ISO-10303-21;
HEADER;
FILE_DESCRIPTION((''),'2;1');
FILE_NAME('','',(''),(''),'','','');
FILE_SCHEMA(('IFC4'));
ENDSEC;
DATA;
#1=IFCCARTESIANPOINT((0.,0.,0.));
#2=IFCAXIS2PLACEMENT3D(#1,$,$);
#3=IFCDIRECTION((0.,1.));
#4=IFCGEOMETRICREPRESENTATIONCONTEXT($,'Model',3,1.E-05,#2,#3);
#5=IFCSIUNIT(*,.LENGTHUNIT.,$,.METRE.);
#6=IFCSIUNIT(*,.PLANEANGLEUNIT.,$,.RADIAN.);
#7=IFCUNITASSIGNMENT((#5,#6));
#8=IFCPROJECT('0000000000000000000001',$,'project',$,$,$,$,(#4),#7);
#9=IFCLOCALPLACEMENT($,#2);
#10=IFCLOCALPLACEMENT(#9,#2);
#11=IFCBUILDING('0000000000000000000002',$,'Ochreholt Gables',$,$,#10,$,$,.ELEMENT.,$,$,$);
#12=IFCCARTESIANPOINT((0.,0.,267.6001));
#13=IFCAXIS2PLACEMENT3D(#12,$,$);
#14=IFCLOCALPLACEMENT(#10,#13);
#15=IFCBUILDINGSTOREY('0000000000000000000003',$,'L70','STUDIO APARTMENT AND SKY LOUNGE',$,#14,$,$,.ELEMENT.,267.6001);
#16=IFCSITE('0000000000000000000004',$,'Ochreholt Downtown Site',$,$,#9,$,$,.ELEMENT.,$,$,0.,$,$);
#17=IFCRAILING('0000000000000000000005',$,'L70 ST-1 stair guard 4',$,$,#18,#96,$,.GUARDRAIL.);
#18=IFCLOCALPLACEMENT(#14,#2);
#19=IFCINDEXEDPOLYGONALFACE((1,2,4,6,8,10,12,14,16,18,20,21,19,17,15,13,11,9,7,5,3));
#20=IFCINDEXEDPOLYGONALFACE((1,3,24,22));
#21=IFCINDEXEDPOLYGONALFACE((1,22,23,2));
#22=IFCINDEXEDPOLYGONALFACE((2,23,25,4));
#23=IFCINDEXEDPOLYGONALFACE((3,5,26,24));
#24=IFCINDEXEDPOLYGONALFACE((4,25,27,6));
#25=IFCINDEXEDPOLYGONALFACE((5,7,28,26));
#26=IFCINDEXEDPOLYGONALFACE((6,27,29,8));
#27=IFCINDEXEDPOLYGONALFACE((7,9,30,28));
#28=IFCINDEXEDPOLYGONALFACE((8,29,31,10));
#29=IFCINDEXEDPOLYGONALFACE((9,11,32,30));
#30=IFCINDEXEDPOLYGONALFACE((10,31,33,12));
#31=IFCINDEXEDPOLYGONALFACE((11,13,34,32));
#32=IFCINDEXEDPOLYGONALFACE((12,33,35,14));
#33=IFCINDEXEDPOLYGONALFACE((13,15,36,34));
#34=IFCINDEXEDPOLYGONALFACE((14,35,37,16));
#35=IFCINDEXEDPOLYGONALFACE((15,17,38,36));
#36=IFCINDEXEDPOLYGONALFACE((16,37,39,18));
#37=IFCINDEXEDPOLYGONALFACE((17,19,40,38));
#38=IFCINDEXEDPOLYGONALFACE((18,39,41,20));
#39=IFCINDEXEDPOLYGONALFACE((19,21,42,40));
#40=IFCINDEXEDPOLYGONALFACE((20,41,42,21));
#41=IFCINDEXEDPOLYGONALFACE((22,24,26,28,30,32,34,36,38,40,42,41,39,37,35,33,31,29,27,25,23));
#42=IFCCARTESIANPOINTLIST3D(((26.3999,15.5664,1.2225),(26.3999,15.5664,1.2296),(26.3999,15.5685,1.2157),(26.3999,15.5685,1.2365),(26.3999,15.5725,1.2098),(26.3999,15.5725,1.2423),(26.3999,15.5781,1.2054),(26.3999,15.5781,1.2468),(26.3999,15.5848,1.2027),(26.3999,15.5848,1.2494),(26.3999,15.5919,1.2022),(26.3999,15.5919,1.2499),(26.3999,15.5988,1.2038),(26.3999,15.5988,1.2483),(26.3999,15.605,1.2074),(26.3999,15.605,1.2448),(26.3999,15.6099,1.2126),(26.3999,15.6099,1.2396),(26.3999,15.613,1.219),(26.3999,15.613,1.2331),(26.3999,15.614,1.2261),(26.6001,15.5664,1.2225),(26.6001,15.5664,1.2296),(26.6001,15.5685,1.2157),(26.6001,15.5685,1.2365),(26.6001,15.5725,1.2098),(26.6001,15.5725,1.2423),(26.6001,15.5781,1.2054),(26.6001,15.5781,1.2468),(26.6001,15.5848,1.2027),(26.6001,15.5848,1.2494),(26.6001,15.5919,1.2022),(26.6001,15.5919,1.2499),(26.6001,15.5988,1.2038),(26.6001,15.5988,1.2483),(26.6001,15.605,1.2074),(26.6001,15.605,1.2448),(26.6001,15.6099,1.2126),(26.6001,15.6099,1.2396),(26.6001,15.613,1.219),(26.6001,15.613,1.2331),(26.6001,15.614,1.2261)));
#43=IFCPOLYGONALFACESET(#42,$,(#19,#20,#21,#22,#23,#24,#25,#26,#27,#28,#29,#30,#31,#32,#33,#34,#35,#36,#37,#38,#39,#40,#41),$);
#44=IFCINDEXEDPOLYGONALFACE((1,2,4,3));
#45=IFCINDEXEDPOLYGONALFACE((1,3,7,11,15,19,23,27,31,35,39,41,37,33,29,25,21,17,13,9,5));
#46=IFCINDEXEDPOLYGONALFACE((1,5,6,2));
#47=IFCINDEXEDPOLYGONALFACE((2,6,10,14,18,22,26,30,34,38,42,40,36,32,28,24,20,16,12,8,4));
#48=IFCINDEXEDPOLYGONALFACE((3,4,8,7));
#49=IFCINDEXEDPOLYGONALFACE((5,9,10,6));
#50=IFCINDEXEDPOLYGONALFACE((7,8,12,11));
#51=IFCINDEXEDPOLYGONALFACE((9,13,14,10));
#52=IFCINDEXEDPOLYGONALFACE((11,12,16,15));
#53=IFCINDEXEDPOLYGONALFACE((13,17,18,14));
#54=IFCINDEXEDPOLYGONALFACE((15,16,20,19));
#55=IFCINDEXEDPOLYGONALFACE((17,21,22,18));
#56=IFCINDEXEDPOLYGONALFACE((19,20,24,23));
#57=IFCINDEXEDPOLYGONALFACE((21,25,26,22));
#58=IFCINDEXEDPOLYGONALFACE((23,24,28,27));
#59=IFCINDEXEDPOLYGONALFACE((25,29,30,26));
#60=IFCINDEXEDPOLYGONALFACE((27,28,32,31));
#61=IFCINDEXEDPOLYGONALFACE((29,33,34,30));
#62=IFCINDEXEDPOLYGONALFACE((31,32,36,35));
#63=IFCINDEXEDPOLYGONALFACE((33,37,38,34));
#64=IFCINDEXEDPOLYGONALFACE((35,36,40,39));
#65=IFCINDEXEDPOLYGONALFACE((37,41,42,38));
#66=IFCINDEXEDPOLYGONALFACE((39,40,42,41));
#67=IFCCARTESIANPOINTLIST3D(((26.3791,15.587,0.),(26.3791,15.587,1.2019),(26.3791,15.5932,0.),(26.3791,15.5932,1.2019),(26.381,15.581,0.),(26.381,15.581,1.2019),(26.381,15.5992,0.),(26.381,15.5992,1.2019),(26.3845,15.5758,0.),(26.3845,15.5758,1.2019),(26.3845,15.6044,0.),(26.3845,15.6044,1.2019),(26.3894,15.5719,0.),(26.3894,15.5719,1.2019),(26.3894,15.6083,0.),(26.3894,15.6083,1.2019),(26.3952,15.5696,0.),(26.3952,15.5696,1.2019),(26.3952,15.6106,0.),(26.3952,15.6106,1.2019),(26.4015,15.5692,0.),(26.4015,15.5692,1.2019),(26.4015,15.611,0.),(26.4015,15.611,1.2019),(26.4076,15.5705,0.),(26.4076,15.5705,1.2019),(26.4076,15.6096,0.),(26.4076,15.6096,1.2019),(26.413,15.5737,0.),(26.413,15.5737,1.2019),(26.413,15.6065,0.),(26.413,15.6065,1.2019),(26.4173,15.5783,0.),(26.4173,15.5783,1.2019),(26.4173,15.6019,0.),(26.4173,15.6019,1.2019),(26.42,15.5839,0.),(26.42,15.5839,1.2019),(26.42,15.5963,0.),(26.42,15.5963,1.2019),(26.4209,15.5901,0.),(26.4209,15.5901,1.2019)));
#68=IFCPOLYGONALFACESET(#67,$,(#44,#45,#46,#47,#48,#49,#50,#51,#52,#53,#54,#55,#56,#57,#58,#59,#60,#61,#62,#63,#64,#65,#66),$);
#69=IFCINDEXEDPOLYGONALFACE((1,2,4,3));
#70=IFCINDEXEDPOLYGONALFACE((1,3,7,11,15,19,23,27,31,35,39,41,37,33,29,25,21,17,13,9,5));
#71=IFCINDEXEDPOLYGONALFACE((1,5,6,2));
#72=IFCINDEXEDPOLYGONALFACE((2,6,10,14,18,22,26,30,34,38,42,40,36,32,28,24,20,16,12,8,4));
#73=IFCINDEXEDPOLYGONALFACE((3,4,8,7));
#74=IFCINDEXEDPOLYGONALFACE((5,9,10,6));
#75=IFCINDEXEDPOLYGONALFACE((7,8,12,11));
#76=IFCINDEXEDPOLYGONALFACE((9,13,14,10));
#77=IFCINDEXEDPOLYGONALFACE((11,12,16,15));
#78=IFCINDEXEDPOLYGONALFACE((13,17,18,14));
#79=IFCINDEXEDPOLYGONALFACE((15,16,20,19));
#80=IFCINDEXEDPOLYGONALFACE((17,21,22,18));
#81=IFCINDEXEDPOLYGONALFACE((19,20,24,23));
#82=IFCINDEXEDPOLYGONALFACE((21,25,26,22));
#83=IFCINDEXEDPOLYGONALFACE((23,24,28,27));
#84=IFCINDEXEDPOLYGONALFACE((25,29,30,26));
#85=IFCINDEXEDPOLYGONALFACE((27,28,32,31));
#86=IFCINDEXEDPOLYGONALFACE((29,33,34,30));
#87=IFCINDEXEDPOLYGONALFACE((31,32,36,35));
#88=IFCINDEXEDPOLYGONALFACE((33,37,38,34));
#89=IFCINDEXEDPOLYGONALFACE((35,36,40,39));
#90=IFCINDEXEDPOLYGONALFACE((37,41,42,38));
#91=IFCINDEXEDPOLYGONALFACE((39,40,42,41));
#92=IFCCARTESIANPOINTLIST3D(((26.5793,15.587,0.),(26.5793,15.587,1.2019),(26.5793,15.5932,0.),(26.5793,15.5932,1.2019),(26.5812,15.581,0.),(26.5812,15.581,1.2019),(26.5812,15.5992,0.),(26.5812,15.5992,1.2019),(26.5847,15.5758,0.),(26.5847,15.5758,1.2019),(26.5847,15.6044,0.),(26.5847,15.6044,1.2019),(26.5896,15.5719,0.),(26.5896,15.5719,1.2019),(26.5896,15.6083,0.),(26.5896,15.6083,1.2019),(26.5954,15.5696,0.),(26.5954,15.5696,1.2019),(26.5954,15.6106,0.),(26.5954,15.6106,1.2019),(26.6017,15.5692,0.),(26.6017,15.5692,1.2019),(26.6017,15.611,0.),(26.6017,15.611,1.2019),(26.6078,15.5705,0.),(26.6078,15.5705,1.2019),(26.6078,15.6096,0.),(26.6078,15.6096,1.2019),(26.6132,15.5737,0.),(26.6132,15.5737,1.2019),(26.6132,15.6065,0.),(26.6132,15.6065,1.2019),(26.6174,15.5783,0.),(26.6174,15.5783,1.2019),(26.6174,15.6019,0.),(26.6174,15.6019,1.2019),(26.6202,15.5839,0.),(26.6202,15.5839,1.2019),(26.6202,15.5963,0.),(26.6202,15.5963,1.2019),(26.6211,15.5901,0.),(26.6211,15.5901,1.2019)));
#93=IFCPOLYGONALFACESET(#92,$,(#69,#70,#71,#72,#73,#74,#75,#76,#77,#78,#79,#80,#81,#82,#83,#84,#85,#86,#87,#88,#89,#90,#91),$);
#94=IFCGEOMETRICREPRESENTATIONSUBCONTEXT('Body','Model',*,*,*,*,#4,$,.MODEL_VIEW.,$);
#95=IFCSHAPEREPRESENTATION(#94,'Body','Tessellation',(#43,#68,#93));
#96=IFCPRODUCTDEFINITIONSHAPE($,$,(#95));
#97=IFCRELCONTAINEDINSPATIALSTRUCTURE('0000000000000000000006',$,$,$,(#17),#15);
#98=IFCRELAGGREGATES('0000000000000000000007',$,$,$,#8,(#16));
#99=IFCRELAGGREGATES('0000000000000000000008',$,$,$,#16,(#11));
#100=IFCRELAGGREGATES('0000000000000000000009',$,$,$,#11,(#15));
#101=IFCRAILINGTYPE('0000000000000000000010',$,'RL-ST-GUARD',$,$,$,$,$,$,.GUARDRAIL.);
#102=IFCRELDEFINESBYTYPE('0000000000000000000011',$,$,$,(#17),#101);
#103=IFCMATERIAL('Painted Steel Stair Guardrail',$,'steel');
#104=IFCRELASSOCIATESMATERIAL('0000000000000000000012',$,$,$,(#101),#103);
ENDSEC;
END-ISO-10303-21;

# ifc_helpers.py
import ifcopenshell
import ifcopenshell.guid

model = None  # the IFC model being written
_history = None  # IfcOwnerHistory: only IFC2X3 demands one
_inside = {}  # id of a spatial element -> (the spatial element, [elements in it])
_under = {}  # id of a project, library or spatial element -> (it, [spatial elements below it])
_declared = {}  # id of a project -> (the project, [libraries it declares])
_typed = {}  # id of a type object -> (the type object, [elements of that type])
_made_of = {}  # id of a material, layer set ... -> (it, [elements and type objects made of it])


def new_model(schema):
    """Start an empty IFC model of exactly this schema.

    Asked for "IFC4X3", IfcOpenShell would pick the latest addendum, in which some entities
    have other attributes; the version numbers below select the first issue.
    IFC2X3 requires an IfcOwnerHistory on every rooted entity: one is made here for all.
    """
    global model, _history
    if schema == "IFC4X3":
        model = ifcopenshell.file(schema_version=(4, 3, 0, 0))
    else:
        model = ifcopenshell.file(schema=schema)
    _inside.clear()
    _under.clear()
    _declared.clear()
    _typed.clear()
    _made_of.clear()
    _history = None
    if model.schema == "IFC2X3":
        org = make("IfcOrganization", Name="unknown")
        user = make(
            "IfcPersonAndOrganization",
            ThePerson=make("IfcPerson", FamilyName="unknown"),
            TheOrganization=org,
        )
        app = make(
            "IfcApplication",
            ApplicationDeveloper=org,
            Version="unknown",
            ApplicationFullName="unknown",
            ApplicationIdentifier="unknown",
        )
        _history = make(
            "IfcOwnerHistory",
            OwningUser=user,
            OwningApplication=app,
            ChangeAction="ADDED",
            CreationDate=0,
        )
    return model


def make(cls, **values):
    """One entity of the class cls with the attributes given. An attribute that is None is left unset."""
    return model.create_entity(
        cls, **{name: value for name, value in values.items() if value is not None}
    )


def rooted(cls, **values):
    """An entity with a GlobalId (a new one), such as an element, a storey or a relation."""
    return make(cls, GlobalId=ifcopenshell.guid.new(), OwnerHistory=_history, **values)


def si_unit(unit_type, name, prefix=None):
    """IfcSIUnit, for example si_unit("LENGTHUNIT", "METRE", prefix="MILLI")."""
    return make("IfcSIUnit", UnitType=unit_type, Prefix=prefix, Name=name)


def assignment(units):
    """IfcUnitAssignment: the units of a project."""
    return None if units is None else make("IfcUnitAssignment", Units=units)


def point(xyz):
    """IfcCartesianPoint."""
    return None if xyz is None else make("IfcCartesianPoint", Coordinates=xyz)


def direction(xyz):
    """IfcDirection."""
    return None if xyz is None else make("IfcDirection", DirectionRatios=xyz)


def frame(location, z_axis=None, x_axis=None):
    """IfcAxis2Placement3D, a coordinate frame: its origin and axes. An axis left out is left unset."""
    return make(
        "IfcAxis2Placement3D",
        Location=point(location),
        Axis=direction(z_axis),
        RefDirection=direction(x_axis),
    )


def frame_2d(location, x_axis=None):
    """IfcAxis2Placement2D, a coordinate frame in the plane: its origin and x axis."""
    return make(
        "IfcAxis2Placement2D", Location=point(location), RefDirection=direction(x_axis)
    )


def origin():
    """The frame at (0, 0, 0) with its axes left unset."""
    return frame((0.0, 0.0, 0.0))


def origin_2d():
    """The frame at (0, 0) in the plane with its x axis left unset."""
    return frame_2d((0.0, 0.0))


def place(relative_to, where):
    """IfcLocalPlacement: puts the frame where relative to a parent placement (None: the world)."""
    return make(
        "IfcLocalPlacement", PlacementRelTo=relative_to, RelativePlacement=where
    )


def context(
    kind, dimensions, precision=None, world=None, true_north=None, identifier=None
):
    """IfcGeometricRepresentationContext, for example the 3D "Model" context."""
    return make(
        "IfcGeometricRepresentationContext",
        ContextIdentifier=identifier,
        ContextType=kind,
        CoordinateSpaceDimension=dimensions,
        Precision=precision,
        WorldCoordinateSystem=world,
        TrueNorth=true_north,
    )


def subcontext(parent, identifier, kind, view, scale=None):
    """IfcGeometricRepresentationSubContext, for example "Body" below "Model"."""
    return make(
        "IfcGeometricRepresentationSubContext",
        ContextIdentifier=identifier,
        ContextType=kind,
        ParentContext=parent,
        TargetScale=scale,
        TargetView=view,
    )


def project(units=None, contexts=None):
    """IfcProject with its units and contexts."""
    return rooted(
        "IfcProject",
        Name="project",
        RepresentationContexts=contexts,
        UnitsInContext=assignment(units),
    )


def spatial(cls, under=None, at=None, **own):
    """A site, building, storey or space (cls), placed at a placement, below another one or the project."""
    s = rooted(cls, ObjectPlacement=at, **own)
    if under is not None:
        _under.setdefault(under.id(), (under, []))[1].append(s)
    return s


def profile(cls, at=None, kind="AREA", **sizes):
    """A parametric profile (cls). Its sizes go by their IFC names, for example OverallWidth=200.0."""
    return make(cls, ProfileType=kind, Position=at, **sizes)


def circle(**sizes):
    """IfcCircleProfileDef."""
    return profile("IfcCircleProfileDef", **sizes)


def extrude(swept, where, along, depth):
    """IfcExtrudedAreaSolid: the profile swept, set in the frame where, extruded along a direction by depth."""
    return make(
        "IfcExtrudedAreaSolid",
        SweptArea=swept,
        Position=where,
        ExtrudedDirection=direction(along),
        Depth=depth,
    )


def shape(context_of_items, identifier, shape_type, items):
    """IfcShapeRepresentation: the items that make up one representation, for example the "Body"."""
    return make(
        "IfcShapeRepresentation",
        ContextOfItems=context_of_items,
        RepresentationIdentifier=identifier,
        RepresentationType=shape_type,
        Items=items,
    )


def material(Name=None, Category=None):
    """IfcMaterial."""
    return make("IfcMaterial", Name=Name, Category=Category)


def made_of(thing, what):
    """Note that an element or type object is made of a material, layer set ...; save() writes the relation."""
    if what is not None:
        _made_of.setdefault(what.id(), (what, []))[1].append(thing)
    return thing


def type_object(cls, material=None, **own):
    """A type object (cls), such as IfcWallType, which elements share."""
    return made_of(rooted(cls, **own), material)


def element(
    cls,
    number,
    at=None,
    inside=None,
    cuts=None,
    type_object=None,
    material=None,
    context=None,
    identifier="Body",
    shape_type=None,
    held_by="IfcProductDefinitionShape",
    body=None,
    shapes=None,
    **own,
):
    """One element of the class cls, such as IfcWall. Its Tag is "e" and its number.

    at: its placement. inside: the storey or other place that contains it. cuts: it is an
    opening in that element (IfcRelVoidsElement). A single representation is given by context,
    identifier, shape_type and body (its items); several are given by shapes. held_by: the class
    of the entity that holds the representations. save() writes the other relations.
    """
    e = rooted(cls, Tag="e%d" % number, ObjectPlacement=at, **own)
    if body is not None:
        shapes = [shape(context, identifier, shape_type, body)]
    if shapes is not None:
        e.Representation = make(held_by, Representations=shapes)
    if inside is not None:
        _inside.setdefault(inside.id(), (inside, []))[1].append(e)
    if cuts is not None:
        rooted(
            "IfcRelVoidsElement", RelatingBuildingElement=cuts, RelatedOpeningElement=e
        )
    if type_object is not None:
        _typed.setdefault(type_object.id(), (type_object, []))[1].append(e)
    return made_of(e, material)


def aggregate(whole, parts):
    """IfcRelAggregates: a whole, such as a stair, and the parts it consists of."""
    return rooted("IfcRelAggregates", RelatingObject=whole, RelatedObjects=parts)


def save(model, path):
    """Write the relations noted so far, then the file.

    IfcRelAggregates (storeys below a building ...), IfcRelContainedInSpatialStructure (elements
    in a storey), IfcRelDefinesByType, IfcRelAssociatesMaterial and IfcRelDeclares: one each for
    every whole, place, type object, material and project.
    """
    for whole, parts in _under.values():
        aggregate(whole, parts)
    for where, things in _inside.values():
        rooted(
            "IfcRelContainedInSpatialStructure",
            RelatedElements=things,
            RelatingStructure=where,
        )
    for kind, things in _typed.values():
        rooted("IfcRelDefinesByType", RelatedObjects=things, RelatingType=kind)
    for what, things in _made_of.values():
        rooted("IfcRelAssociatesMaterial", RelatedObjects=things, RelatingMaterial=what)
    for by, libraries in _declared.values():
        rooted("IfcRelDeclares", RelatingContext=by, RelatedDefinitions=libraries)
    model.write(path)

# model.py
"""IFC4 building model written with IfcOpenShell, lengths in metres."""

from ifc_helpers import new_model, si_unit, direction, frame, origin, origin_2d, place, context, subcontext, project, spatial, circle, extrude, material, type_object, element, save


model = new_model("IFC4")

# Units and contexts
model_context = context("Model", 3, precision=1e-05, world=origin(), true_north=direction((0.0, 1.0)))
body_context = subcontext(model_context, "Body", "Model", "MODEL_VIEW")
ifc_project = project(units=[si_unit("LENGTHUNIT", "METRE"), si_unit("PLANEANGLEUNIT", "RADIAN")], contexts=[model_context])

# Site, building, storey
site_placement = place(None, origin())
site = spatial("IfcSite", under=ifc_project, at=site_placement, Name="Ochreholt Downtown Site", CompositionType="ELEMENT", RefElevation=0.0)
building_placement = place(site_placement, origin())
building = spatial("IfcBuilding", under=site, at=building_placement, Name="Ochreholt Gables", CompositionType="ELEMENT")
storey_placement = place(building_placement, frame((0.0, 0.0, 267.6001)))
storey = spatial("IfcBuildingStorey", under=building, at=storey_placement, Name="L70", Description="STUDIO APARTMENT AND SKY LOUNGE", CompositionType="ELEMENT", Elevation=267.6001)

# Railing
ifc_material_1 = material(Name="Painted Steel Stair Guardrail", Category="steel")
railing_type_1 = type_object("IfcRailingType", Name="RL-ST-GUARD", PredefinedType="GUARDRAIL", material=ifc_material_1)
railing_1_placement = place(storey_placement, frame((26.3999, 15.5901, 0.0)))
element("IfcRailing", 1, at=railing_1_placement, inside=storey, type_object=railing_type_1, Name="L70 ST-1 stair guard 4", PredefinedType="GUARDRAIL", context=body_context, shape_type="SweptSolid", body=[
    extrude(circle(Radius=0.0239, at=origin_2d()), frame((0.0, 0.0, 1.2261), z_axis=(1.0, 0.0, 0.0), x_axis=(0.0, 1.0, 0.0)), (0.0, 0.0, 1.0), 0.2002),
    extrude(circle(Radius=0.021, at=origin_2d()), origin(), (0.0, 0.0, 1.0), 1.2019),
    extrude(circle(Radius=0.021, at=origin_2d()), frame((0.2002, 0.0, 0.0)), (0.0, 0.0, 1.0), 1.2019),
])

save(model, "model.ifc")
